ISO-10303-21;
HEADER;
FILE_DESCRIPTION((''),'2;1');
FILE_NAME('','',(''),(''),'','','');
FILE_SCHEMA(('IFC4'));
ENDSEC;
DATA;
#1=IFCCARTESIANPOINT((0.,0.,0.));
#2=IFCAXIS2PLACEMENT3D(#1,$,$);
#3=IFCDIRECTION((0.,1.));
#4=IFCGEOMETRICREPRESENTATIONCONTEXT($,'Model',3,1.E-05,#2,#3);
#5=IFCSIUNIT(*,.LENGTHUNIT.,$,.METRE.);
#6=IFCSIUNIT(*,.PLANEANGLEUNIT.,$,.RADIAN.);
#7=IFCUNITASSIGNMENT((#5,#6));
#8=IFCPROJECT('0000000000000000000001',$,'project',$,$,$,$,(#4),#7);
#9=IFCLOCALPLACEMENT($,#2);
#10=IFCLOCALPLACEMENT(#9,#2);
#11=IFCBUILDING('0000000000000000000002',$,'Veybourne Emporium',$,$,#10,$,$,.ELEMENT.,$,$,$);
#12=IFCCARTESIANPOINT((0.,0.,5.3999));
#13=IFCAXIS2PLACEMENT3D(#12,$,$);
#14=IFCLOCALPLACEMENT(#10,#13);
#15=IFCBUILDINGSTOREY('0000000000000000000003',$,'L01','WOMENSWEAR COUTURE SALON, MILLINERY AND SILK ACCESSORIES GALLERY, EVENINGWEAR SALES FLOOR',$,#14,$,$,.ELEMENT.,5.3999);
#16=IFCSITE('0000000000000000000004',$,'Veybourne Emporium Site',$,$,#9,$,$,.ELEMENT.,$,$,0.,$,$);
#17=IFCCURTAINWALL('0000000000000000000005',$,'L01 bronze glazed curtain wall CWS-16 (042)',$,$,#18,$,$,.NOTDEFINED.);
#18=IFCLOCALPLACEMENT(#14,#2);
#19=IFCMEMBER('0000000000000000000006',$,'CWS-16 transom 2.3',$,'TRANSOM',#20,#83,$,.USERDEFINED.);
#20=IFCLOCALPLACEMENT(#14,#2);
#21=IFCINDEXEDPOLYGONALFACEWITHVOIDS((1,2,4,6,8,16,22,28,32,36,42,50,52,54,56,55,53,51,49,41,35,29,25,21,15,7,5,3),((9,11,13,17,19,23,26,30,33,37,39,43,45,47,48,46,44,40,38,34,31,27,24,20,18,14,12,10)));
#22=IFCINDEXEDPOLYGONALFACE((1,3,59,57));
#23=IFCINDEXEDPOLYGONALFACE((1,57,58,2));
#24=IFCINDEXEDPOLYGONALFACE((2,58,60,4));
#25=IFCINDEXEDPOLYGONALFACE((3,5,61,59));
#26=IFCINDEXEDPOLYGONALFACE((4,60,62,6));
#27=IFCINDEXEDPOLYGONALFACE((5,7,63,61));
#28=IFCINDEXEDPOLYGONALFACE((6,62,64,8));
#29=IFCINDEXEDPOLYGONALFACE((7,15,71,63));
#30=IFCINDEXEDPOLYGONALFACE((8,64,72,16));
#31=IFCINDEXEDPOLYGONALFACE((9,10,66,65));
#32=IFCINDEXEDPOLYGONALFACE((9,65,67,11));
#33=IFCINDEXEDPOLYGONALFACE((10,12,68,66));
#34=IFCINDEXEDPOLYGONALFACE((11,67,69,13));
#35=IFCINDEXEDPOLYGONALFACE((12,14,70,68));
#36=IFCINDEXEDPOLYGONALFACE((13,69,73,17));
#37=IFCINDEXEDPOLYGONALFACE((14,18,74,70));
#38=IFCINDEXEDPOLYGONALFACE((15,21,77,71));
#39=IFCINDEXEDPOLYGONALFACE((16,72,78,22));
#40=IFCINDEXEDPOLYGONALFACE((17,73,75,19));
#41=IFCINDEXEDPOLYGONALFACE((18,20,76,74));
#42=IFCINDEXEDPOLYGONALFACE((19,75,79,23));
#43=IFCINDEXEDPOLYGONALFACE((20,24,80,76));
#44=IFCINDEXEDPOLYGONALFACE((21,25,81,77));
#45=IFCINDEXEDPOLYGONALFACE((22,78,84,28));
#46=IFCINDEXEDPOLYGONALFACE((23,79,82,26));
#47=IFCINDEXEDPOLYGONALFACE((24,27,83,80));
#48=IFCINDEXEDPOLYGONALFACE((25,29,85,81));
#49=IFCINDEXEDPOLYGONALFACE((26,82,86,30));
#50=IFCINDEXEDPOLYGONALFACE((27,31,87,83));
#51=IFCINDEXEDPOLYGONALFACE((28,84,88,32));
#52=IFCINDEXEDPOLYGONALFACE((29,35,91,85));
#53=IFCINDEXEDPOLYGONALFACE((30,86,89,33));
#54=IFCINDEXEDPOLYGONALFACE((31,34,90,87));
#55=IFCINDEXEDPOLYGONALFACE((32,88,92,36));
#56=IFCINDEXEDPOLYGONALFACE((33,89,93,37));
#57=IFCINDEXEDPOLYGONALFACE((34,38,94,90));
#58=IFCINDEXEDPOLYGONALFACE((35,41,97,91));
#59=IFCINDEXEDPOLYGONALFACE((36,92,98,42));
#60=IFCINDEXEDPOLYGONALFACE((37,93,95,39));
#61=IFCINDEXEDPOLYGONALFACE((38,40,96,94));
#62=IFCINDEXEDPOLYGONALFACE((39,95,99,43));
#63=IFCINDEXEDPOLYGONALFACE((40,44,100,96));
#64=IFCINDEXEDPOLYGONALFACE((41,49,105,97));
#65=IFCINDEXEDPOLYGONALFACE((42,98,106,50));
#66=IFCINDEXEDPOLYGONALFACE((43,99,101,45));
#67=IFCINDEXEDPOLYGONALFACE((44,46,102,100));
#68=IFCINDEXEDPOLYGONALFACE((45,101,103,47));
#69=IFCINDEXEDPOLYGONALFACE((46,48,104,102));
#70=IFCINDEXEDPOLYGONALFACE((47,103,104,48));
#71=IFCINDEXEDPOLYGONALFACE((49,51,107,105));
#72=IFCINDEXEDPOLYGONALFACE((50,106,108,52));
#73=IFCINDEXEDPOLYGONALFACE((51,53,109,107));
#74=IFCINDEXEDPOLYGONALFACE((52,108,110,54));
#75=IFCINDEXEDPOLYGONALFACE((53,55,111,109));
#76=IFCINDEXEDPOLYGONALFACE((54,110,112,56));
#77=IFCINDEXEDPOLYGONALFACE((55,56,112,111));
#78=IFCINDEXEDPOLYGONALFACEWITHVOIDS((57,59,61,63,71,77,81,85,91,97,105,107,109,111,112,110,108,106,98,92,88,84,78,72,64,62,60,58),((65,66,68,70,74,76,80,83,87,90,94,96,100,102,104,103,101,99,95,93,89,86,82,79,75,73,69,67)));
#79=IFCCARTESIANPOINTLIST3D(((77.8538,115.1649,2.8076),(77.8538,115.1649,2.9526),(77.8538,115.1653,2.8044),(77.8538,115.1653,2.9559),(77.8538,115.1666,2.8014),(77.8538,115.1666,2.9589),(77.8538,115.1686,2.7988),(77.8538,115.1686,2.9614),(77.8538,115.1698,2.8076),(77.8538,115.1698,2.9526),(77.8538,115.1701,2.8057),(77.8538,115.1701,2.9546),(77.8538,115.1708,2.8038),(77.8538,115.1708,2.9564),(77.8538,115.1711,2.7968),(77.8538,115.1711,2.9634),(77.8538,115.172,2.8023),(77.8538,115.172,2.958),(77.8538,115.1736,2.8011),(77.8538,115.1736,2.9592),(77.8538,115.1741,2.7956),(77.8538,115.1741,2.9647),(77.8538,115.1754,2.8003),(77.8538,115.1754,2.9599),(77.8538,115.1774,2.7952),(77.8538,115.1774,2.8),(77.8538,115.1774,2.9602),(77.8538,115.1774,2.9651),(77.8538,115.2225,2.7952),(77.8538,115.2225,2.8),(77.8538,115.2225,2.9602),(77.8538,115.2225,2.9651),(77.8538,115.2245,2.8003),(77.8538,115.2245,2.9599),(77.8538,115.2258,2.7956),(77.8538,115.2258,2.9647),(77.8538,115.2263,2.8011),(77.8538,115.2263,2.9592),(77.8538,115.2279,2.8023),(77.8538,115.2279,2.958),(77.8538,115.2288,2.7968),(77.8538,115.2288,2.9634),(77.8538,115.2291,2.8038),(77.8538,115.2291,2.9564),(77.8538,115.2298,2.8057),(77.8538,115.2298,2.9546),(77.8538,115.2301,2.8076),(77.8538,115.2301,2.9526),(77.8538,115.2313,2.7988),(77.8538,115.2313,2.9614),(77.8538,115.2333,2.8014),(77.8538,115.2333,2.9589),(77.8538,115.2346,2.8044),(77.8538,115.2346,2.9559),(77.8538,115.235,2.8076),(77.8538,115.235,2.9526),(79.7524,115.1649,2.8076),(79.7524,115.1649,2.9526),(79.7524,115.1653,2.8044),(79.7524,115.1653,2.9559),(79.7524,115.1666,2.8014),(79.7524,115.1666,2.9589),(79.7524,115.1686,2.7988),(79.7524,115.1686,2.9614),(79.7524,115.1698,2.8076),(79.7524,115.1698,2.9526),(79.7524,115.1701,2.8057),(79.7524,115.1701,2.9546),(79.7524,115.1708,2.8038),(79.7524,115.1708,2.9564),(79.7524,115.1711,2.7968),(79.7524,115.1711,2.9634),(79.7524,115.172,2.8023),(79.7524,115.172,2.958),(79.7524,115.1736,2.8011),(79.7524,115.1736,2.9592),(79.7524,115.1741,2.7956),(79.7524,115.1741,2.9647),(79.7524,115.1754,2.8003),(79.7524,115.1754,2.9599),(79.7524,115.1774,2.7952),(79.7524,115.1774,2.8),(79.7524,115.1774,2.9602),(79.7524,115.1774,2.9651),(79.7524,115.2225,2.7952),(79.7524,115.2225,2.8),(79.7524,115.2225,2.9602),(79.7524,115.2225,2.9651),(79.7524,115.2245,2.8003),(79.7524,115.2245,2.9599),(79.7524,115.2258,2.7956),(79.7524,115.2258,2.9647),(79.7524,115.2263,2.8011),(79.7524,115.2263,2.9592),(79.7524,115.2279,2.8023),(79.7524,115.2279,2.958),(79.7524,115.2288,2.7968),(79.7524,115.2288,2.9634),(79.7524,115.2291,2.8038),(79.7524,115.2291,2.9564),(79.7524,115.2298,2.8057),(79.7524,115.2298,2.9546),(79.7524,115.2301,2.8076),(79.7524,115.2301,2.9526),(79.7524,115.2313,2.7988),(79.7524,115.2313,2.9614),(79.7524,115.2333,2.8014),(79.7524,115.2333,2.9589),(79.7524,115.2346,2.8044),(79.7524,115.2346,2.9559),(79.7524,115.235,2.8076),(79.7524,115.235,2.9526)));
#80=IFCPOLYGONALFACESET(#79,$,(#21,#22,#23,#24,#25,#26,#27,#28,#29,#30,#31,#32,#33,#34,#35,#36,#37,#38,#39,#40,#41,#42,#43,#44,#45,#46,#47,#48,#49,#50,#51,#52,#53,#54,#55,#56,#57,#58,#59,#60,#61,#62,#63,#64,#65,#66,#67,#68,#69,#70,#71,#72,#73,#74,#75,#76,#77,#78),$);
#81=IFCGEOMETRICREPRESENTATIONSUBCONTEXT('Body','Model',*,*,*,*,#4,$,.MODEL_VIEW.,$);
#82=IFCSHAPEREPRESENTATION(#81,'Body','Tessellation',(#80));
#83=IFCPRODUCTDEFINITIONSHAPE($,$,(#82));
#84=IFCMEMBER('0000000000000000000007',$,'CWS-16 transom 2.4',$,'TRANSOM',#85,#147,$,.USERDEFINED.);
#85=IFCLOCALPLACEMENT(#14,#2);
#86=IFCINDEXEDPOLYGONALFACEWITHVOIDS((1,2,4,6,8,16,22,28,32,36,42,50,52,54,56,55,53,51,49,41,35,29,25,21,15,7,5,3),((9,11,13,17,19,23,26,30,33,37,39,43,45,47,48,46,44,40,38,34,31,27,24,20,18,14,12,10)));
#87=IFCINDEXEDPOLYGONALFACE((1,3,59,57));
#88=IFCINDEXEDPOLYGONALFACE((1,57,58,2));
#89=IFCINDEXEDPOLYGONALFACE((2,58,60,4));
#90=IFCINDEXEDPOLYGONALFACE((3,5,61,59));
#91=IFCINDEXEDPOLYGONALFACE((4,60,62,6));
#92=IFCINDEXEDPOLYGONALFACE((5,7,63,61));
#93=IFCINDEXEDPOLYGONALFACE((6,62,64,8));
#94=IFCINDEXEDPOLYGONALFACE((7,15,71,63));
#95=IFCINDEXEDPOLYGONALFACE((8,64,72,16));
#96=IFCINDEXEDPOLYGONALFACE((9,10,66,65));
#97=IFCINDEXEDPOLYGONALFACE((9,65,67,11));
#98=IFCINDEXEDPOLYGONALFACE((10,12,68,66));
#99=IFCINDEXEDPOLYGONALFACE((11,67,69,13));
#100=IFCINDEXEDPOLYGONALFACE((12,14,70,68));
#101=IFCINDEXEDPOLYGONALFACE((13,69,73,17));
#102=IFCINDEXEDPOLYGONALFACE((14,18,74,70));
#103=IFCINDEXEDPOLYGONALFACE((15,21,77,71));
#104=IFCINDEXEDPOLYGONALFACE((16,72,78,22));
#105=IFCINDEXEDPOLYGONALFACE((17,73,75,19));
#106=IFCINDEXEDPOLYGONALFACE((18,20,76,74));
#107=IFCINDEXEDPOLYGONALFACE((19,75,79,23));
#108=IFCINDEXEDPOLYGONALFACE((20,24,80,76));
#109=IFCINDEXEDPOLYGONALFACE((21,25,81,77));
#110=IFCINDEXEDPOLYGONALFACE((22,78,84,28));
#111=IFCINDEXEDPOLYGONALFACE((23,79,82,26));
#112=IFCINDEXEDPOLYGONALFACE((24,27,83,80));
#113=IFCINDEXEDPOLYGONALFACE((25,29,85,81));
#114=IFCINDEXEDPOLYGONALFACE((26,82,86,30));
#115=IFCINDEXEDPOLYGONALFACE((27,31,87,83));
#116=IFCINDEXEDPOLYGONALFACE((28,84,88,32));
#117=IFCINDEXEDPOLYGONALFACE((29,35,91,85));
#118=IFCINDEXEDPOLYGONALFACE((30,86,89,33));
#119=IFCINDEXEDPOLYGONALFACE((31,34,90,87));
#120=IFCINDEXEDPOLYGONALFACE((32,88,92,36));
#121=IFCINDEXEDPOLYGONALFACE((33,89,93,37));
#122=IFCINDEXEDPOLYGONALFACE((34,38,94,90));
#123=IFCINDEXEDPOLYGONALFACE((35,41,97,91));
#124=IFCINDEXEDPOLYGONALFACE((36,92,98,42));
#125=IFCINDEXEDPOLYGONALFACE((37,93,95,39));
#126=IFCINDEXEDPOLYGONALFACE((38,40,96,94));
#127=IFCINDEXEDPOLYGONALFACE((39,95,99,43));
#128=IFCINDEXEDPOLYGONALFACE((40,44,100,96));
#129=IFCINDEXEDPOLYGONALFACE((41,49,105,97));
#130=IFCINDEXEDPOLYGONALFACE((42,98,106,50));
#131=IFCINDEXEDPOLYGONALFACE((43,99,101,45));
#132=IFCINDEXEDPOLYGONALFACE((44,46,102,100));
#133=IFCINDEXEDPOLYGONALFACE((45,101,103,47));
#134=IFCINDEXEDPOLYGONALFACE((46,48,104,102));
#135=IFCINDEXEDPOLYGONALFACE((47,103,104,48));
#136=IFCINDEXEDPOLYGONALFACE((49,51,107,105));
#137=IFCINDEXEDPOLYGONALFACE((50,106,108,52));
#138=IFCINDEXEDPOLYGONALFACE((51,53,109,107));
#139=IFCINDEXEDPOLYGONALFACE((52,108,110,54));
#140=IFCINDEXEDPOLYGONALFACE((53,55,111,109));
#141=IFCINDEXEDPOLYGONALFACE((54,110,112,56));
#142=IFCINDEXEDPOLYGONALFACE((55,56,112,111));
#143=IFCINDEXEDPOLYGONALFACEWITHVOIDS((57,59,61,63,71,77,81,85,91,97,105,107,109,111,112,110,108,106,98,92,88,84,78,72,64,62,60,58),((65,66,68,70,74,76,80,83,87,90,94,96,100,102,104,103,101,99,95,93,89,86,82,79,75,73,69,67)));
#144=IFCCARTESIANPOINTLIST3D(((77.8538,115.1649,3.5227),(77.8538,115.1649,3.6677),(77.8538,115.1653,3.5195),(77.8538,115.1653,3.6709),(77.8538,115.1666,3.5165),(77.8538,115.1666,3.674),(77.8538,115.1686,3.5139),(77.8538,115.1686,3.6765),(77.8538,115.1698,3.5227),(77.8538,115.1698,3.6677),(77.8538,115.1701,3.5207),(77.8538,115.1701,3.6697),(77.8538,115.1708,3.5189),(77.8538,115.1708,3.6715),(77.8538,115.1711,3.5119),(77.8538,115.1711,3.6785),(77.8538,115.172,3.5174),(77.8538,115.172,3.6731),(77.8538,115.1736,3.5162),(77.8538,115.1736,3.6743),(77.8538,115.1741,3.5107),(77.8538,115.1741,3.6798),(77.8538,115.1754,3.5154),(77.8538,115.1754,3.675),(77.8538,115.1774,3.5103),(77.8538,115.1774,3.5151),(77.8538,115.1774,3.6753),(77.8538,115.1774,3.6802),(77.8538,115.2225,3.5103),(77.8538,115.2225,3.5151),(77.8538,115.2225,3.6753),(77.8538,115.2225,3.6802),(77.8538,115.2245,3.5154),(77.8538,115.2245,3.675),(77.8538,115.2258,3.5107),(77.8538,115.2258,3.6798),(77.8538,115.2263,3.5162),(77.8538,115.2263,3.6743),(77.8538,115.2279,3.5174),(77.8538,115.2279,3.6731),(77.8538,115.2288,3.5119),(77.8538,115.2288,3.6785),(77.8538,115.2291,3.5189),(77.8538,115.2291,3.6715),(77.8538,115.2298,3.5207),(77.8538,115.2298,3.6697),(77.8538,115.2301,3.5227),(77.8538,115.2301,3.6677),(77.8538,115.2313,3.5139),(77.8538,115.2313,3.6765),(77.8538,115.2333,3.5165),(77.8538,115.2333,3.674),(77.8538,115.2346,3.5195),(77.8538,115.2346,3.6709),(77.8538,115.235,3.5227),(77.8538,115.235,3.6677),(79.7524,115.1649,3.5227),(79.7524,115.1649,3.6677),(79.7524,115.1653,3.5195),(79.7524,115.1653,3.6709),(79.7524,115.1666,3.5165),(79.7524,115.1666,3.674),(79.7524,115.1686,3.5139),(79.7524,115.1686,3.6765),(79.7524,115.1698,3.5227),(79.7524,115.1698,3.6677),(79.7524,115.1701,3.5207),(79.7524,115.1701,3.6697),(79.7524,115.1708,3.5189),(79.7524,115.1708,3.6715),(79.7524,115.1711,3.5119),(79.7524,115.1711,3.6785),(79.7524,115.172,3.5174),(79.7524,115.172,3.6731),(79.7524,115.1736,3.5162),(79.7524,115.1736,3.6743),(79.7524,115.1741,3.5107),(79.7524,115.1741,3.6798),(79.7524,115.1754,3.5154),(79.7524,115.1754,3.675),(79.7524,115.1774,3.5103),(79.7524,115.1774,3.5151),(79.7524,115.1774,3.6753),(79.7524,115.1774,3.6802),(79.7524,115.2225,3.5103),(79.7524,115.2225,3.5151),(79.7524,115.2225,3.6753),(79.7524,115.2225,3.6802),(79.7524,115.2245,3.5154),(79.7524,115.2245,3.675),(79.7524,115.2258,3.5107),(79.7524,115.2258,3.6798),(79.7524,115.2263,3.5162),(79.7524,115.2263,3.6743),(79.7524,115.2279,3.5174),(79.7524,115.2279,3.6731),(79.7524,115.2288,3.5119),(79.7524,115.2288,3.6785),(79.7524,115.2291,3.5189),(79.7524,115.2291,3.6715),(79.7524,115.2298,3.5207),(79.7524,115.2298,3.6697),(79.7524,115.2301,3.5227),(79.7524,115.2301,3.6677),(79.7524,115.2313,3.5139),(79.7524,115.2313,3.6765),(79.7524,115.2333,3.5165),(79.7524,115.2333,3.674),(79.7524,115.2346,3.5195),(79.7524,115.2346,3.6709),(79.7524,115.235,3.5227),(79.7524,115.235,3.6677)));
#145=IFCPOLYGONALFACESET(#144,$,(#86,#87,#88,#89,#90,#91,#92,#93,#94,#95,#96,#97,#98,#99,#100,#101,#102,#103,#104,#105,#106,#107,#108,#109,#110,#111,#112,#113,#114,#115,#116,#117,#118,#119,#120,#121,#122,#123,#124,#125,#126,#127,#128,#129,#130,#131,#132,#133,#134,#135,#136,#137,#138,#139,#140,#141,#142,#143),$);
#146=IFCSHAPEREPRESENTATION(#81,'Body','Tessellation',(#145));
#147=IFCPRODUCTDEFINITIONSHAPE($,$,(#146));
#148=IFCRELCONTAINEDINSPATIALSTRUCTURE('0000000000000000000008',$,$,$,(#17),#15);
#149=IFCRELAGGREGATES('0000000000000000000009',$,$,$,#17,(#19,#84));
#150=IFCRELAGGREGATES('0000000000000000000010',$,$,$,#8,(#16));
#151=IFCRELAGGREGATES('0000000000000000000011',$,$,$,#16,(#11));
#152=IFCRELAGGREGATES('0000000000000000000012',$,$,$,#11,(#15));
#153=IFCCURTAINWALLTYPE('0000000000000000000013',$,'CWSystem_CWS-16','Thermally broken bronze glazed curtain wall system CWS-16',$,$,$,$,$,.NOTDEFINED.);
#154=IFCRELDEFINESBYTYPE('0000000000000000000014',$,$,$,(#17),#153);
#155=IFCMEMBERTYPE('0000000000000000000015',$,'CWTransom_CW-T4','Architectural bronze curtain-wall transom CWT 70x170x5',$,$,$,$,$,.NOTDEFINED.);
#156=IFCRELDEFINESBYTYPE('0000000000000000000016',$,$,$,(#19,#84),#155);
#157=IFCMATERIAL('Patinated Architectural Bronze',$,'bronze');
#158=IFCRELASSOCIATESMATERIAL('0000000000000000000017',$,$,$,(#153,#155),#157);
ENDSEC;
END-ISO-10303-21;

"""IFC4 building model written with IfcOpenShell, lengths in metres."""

from ifc_helpers import new_model, si_unit, direction, frame, origin, origin_2d, place, context, subcontext, project, spatial, hollow_rectangle, extrude, material, material_profile, profile_set, type_object, element, aggregate, save


model = new_model("IFC4")

# Units and contexts
model_context = context("Model", 3, precision=1e-05, world=origin(), true_north=direction((0.0, 1.0)))
body_context = subcontext(model_context, "Body", "Model", "MODEL_VIEW")
ifc_project = project(units=[si_unit("LENGTHUNIT", "METRE"), si_unit("PLANEANGLEUNIT", "RADIAN")], contexts=[model_context])

# Site, building, storey
site_placement = place(None, origin())
site = spatial("IfcSite", under=ifc_project, at=site_placement, Name="Veybourne Emporium Site", CompositionType="ELEMENT", RefElevation=0.0)
building_placement = place(site_placement, origin())
building = spatial("IfcBuilding", under=site, at=building_placement, Name="Veybourne Emporium", CompositionType="ELEMENT")
storey_placement = place(building_placement, frame((0.0, 0.0, 5.3999)))
storey = spatial("IfcBuildingStorey", under=building, at=storey_placement, Name="L01", Description="WOMENSWEAR COUTURE SALON, MILLINERY AND SILK ACCESSORIES GALLERY, EVENINGWEAR SALES FLOOR", CompositionType="ELEMENT", Elevation=5.3999)

# Curtain wall, members
ifc_material_1 = material(Name="Patinated Architectural Bronze", Category="bronze")
curtain_wall_type = type_object("IfcCurtainWallType", Name="CWSystem_CWS-16", Description="Thermally broken bronze glazed curtain wall system CWS-16", PredefinedType="NOTDEFINED", material=ifc_material_1)
curtain_wall_placement = place(storey_placement, origin())
curtain_wall = element("IfcCurtainWall", 1, at=curtain_wall_placement, inside=storey, type_object=curtain_wall_type, Name="L01 bronze glazed curtain wall CWS-16 (042)", PredefinedType="NOTDEFINED")
ifc_material_profile_1 = material_profile(ifc_material_1, hollow_rectangle(XDim=0.0701, YDim=0.1699, WallThickness=0.0049, InnerFilletRadius=0.0076, OuterFilletRadius=0.0125, at=origin_2d()), Name="CWT 70x170x5")
ifc_profile_set_1 = profile_set([ifc_material_profile_1], Name="Patinated Architectural Bronze")
member_type_1 = type_object("IfcMemberType", Name="CWTransom_CW-T4", Description="Architectural bronze curtain-wall transom CWT 70x170x5", PredefinedType="NOTDEFINED", material=ifc_profile_set_1)
member_1_placement = place(storey_placement, frame((77.8538, 115.2, 2.8801), z_axis=(1.0, 0.0, 0.0), x_axis=(0.0, 1.0, 0.0)))
member_1 = element("IfcMember", 2, at=member_1_placement, type_object=member_type_1, Name="CWS-16 transom 2.3", ObjectType="TRANSOM", PredefinedType="USERDEFINED", context=body_context, shape_type="SweptSolid", body=[
    extrude(hollow_rectangle(XDim=0.0701, YDim=0.1699, WallThickness=0.0049, InnerFilletRadius=0.0076, OuterFilletRadius=0.0125, at=origin_2d()), origin(), (0.0, 0.0, 1.0), 1.8987),
])
member_2_placement = place(storey_placement, frame((77.8538, 115.2, 3.5952), z_axis=(1.0, 0.0, 0.0), x_axis=(0.0, 1.0, 0.0)))
member_2 = element("IfcMember", 3, at=member_2_placement, type_object=member_type_1, Name="CWS-16 transom 2.4", ObjectType="TRANSOM", PredefinedType="USERDEFINED", context=body_context, shape_type="SweptSolid", body=[
    extrude(hollow_rectangle(XDim=0.0701, YDim=0.1699, WallThickness=0.0049, InnerFilletRadius=0.0076, OuterFilletRadius=0.0125, at=origin_2d()), origin(), (0.0, 0.0, 1.0), 1.8987),
])
aggregate(curtain_wall, [member_1, member_2])

save(model, "model.ifc")
